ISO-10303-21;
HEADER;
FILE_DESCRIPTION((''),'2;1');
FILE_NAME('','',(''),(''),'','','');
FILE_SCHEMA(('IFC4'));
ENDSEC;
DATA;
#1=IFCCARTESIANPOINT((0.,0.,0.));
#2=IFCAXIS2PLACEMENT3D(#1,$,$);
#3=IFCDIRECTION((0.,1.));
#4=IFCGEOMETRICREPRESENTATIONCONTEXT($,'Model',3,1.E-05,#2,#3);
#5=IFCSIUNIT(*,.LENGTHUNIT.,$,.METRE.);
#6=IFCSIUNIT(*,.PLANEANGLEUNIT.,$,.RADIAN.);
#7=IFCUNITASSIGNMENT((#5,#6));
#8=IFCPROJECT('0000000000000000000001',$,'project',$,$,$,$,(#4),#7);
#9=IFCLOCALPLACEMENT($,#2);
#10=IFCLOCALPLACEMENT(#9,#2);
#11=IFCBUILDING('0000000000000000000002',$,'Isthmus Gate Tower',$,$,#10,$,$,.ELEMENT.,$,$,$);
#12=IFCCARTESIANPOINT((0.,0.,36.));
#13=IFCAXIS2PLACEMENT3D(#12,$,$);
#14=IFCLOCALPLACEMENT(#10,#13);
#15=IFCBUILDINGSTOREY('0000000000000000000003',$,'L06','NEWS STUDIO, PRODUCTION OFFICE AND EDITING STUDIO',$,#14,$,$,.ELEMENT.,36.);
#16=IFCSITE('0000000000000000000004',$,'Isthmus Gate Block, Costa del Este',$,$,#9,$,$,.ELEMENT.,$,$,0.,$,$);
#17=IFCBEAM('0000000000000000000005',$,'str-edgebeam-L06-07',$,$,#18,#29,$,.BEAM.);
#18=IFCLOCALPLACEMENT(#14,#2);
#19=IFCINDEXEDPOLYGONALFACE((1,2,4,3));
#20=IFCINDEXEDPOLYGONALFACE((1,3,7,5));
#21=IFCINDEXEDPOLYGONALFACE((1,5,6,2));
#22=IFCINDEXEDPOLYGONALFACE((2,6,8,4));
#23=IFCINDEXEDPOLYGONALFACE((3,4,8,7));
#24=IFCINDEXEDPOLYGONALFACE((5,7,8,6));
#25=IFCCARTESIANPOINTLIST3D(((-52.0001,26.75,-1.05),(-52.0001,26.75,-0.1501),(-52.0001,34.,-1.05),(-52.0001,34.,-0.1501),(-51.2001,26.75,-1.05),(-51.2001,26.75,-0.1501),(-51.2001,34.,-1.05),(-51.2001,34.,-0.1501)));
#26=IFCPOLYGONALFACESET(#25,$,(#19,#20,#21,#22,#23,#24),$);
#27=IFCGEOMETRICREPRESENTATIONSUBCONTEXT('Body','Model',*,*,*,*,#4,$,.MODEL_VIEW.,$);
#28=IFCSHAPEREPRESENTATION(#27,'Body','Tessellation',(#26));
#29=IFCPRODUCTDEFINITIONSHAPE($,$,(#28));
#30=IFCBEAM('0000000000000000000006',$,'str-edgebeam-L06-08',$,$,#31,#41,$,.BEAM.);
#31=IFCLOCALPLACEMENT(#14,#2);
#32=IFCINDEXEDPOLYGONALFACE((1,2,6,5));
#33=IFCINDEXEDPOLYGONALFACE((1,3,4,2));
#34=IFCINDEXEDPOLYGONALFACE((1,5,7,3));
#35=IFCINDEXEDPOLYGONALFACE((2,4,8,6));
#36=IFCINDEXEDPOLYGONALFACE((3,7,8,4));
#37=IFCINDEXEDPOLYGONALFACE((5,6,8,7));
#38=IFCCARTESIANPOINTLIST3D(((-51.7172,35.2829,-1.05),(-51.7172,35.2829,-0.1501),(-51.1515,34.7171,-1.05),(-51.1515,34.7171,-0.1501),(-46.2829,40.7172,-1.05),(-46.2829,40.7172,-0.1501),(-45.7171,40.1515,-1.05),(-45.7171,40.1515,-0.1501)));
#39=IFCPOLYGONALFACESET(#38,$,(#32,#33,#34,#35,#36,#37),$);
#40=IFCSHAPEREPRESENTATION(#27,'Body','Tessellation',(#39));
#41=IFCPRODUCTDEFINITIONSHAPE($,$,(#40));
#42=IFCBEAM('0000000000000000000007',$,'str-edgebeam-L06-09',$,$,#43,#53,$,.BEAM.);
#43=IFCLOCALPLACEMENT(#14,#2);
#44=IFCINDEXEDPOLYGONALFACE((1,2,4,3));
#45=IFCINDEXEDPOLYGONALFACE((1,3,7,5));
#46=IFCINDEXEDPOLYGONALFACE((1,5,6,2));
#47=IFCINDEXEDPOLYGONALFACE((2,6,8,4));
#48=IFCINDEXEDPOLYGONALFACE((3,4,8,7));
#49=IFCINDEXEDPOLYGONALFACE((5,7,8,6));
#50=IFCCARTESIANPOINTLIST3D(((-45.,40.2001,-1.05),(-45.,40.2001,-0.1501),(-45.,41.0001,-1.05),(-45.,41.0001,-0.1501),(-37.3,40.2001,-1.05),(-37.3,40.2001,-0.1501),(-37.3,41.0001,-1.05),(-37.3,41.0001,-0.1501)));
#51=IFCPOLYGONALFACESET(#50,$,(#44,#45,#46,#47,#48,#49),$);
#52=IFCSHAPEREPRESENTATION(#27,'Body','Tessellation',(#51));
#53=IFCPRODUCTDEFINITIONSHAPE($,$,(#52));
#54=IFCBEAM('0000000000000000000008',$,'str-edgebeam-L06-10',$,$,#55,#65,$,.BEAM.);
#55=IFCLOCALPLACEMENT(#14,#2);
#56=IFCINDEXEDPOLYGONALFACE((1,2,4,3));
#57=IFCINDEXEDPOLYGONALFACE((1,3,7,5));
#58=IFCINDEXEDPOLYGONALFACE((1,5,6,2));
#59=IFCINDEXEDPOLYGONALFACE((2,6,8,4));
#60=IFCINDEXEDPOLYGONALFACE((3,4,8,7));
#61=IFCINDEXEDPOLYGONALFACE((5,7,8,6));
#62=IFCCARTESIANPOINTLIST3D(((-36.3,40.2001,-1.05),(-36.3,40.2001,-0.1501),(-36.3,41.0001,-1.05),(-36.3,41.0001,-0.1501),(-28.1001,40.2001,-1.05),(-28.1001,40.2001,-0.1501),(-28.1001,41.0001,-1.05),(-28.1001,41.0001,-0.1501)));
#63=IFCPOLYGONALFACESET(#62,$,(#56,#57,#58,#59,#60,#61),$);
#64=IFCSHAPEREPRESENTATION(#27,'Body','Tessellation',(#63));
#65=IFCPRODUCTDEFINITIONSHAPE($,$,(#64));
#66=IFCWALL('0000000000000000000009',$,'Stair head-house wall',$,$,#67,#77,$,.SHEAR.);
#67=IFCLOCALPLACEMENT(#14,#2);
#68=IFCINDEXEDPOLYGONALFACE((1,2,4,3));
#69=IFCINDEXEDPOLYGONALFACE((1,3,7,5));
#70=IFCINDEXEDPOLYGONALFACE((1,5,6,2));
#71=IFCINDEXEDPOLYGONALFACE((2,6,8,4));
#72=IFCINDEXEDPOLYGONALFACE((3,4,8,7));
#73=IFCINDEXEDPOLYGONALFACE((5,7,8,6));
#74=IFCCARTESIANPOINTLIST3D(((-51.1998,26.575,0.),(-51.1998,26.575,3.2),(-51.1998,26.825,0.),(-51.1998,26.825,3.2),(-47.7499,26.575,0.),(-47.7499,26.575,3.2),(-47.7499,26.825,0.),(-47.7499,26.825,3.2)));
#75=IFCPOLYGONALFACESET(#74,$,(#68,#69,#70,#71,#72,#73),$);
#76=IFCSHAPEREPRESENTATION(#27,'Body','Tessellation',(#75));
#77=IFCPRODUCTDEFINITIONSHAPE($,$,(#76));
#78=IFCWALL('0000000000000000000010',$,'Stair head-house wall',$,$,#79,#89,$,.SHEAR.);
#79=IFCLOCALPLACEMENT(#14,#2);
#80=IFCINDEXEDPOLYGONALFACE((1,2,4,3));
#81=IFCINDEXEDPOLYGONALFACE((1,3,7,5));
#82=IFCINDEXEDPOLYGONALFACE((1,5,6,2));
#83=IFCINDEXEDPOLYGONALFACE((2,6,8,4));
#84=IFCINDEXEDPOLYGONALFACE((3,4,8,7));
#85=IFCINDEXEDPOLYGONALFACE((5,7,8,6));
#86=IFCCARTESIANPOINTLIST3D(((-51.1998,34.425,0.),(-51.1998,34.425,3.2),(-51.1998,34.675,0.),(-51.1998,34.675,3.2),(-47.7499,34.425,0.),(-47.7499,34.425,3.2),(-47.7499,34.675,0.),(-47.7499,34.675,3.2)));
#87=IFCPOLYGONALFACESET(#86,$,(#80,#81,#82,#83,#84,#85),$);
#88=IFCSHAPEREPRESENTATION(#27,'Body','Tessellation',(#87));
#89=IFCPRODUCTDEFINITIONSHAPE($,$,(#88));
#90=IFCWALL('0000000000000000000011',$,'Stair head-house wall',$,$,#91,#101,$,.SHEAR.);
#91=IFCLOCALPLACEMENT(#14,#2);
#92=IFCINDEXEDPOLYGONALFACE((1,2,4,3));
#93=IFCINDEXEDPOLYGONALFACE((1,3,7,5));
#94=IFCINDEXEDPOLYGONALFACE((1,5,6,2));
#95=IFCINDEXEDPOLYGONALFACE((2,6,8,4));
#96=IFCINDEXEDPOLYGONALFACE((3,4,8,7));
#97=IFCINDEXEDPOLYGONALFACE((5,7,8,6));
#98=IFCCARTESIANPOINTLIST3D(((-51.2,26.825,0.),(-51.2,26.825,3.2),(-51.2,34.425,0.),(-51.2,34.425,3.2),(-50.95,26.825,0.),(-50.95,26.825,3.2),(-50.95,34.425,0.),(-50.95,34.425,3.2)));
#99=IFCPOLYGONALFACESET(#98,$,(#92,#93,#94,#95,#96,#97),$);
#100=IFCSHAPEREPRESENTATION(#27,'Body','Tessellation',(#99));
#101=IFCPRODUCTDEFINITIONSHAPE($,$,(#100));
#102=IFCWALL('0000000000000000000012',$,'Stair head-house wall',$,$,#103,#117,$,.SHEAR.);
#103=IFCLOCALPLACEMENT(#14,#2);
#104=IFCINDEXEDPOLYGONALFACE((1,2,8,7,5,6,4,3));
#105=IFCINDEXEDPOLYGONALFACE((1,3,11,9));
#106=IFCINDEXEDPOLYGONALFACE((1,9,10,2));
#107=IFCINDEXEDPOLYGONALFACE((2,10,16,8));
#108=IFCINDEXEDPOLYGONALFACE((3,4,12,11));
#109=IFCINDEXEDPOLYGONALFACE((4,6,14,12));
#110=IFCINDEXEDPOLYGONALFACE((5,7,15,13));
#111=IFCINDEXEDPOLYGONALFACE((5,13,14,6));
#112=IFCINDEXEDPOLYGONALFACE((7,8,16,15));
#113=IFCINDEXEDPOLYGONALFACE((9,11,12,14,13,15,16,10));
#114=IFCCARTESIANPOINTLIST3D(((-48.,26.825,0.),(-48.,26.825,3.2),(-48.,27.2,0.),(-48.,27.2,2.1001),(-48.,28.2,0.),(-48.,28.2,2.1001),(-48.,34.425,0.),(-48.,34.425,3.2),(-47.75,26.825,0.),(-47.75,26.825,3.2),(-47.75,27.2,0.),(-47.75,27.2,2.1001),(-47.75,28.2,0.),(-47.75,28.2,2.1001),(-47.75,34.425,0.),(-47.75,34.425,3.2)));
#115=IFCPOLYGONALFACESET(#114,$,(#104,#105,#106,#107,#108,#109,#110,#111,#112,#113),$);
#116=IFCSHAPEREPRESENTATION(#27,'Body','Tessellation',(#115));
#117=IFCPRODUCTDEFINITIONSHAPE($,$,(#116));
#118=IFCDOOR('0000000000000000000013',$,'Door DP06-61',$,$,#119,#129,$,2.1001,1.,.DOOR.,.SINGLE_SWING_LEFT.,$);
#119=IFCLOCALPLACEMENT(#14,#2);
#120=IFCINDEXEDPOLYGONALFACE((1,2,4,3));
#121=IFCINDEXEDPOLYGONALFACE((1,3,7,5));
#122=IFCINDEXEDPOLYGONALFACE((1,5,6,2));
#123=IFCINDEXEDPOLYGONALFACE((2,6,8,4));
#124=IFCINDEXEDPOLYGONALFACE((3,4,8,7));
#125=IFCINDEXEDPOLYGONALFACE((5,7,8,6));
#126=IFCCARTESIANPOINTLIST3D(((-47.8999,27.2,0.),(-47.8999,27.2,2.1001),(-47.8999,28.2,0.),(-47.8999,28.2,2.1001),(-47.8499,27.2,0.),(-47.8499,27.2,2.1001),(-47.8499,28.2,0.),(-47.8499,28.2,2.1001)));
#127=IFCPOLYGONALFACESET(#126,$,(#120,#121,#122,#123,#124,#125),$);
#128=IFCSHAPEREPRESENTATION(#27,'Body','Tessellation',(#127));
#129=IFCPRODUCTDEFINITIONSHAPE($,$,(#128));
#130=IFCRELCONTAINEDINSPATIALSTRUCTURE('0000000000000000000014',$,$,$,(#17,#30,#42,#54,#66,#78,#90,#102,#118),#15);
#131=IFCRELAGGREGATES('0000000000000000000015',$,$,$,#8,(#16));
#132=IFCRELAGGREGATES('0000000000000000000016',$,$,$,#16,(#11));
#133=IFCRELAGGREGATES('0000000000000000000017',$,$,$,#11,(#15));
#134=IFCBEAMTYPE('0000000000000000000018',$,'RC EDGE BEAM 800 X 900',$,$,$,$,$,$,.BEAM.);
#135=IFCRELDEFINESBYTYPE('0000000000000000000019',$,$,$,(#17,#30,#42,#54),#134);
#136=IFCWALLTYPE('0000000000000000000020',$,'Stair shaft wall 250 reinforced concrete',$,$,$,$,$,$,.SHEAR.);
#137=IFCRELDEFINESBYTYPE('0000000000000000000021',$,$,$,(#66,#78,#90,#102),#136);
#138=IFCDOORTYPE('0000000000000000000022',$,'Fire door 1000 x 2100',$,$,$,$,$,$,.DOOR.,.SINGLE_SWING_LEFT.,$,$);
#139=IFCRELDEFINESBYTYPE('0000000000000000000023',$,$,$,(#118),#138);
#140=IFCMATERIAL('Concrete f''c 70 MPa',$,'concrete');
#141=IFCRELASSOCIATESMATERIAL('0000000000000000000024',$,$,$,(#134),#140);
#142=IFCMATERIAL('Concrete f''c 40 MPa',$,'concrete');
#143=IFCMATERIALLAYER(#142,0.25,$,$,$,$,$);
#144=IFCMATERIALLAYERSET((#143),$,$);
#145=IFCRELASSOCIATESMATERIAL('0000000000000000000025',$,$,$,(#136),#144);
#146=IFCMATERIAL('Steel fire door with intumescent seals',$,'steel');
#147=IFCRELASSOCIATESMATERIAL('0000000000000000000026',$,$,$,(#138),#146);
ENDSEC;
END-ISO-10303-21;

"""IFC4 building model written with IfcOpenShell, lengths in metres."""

from ifc_helpers import new_model, si_unit, direction, frame, frame_2d, origin, origin_2d, place, context, subcontext, project, spatial, rectangle, extrude, material, layer, layer_set, material_profile, profile_set, type_object, element, fill, save


model = new_model("IFC4")

# Units and contexts
model_context = context("Model", 3, precision=1e-05, world=origin(), true_north=direction((0.0, 1.0)))
body_context = subcontext(model_context, "Body", "Model", "MODEL_VIEW")
ifc_project = project(units=[si_unit("LENGTHUNIT", "METRE"), si_unit("PLANEANGLEUNIT", "RADIAN")], contexts=[model_context])

# Site, building, storey
site_placement = place(None, origin())
site = spatial("IfcSite", under=ifc_project, at=site_placement, Name="Isthmus Gate Block, Costa del Este", CompositionType="ELEMENT", RefElevation=0.0)
building_placement = place(site_placement, origin())
building = spatial("IfcBuilding", under=site, at=building_placement, Name="Isthmus Gate Tower", CompositionType="ELEMENT")
storey_placement = place(building_placement, frame((0.0, 0.0, 36.0)))
storey = spatial("IfcBuildingStorey", under=building, at=storey_placement, Name="L06", Description="NEWS STUDIO, PRODUCTION OFFICE AND EDITING STUDIO", CompositionType="ELEMENT", Elevation=36.0)

# Beams
ifc_material_1 = material(Name="Concrete f'c 70 MPa", Category="concrete")
ifc_material_profile = material_profile(ifc_material_1, rectangle(XDim=0.8, YDim=0.8999, at=origin_2d()), Name="RC 800X900")
ifc_profile_set = profile_set([ifc_material_profile], Name="Concrete f'c 70 MPa")
beam_type = type_object("IfcBeamType", Name="RC EDGE BEAM 800 X 900", PredefinedType="BEAM", material=ifc_profile_set)
beam_1_placement = place(storey_placement, frame((-51.6001, 26.75, -0.6001), z_axis=(0.0, 1.0, 0.0), x_axis=(-1.0, 0.0, 0.0)))
element("IfcBeam", 1, at=beam_1_placement, inside=storey, type_object=beam_type, Name="str-edgebeam-L06-07", PredefinedType="BEAM", context=body_context, shape_type="SweptSolid", body=[
    extrude(rectangle(XDim=0.8, YDim=0.8999, at=origin_2d()), origin(), (0.0, 0.0, 1.0), 7.25),
])
beam_2_placement = place(storey_placement, frame((-51.4343, 35.0, -0.6001), z_axis=(0.707107, 0.707107, 0.0), x_axis=(-0.707107, 0.707107, 0.0)))
element("IfcBeam", 2, at=beam_2_placement, inside=storey, type_object=beam_type, Name="str-edgebeam-L06-08", PredefinedType="BEAM", context=body_context, shape_type="SweptSolid", body=[
    extrude(rectangle(XDim=0.8, YDim=0.8999, at=origin_2d()), origin(), (0.0, 0.0, 1.0), 7.6853),
])
beam_3_placement = place(storey_placement, frame((-45.0, 40.6001, -0.6001), z_axis=(1.0, 0.0, 0.0), x_axis=(0.0, 1.0, 0.0)))
element("IfcBeam", 3, at=beam_3_placement, inside=storey, type_object=beam_type, Name="str-edgebeam-L06-09", PredefinedType="BEAM", context=body_context, shape_type="SweptSolid", body=[
    extrude(rectangle(XDim=0.8, YDim=0.8999, at=origin_2d()), origin(), (0.0, 0.0, 1.0), 7.7),
])
beam_4_placement = place(storey_placement, frame((-36.3, 40.6001, -0.6001), z_axis=(1.0, 0.0, 0.0), x_axis=(0.0, 1.0, 0.0)))
element("IfcBeam", 4, at=beam_4_placement, inside=storey, type_object=beam_type, Name="str-edgebeam-L06-10", PredefinedType="BEAM", context=body_context, shape_type="SweptSolid", body=[
    extrude(rectangle(XDim=0.8, YDim=0.8999, at=origin_2d()), origin(), (0.0, 0.0, 1.0), 8.2),
])

# Walls
ifc_material_2 = material(Name="Concrete f'c 40 MPa", Category="concrete")
ifc_layer = layer(ifc_material_2, 0.25)
ifc_layer_set = layer_set([ifc_layer])
wall_type = type_object("IfcWallType", Name="Stair shaft wall 250 reinforced concrete", PredefinedType="SHEAR", material=ifc_layer_set)
for number, where, z_axis, x_axis, name in (
    (5, (-51.2, 26.7, 0.0), (0.0, 0.0, 1.0), (1.0, 0.0, 0.0), "Stair head-house wall"),
    (6, (-51.2, 34.55, 0.0), (0.0, 0.0, 1.0), (1.0, 0.0, 0.0), "Stair head-house wall"),
):
    element("IfcWall", number, at=place(storey_placement, frame(where, z_axis=z_axis, x_axis=x_axis)), inside=storey, type_object=wall_type, Name=name, PredefinedType="SHEAR", context=body_context, shape_type="SweptSolid", body=[
        extrude(rectangle(XDim=3.45, YDim=0.25, at=frame_2d((1.7251, 0.0))), origin(), (0.0, 0.0, 1.0), 3.2),
    ])
wall_1_placement = place(storey_placement, frame((-51.075, 26.825, 0.0), z_axis=(0.0, 0.0, 1.0), x_axis=(0.0, 1.0, 0.0)))
element("IfcWall", 7, at=wall_1_placement, inside=storey, type_object=wall_type, Name="Stair head-house wall", PredefinedType="SHEAR", context=body_context, shape_type="SweptSolid", body=[
    extrude(rectangle(XDim=7.6001, YDim=0.25, at=frame_2d((3.8, 0.0))), origin(), (0.0, 0.0, 1.0), 3.2),
])

# Wall, opening, door
wall_2_placement = place(storey_placement, frame((-47.875, 26.825, 0.0), z_axis=(0.0, 0.0, 1.0), x_axis=(0.0, 1.0, 0.0)))
wall_2 = element("IfcWall", 8, at=wall_2_placement, inside=storey, type_object=wall_type, Name="Stair head-house wall", PredefinedType="SHEAR", context=body_context, shape_type="SweptSolid", body=[
    extrude(rectangle(XDim=7.6001, YDim=0.25, at=frame_2d((3.8, 0.0))), origin(), (0.0, 0.0, 1.0), 3.2),
])
opening_placement = place(wall_2_placement, frame((0.375, 0.0, 0.0)))
opening = element("IfcOpeningElement", 9, at=opening_placement, cuts=wall_2, PredefinedType="OPENING", context=body_context, shape_type="SweptSolid", body=[
    extrude(rectangle(XDim=1.0, YDim=2.1001, at=frame_2d((0.5, 1.05))), frame((0.0, 0.135, 0.0), z_axis=(0.0, -1.0, 0.0), x_axis=(1.0, 0.0, 0.0)), (0.0, 0.0, 1.0), 0.27),
])
ifc_material_3 = material(Name="Steel fire door with intumescent seals", Category="steel")
door_type = type_object("IfcDoorType", Name="Fire door 1000 x 2100", OperationType="SINGLE_SWING_LEFT", PredefinedType="DOOR", material=ifc_material_3)
door_placement = place(opening_placement, origin())
door = element("IfcDoor", 10, at=door_placement, inside=storey, type_object=door_type, Name="Door DP06-61", OperationType="SINGLE_SWING_LEFT", OverallHeight=2.1001, OverallWidth=1.0, PredefinedType="DOOR", context=body_context, shape_type="SweptSolid", body=[
    extrude(rectangle(XDim=1.0, YDim=2.1001, at=frame_2d((0.5, 1.05))), frame((0.0, 0.0249, 0.0), z_axis=(0.0, -1.0, 0.0), x_axis=(1.0, 0.0, 0.0)), (0.0, 0.0, 1.0), 0.05),
])
fill(opening, door)

save(model, "model.ifc")
